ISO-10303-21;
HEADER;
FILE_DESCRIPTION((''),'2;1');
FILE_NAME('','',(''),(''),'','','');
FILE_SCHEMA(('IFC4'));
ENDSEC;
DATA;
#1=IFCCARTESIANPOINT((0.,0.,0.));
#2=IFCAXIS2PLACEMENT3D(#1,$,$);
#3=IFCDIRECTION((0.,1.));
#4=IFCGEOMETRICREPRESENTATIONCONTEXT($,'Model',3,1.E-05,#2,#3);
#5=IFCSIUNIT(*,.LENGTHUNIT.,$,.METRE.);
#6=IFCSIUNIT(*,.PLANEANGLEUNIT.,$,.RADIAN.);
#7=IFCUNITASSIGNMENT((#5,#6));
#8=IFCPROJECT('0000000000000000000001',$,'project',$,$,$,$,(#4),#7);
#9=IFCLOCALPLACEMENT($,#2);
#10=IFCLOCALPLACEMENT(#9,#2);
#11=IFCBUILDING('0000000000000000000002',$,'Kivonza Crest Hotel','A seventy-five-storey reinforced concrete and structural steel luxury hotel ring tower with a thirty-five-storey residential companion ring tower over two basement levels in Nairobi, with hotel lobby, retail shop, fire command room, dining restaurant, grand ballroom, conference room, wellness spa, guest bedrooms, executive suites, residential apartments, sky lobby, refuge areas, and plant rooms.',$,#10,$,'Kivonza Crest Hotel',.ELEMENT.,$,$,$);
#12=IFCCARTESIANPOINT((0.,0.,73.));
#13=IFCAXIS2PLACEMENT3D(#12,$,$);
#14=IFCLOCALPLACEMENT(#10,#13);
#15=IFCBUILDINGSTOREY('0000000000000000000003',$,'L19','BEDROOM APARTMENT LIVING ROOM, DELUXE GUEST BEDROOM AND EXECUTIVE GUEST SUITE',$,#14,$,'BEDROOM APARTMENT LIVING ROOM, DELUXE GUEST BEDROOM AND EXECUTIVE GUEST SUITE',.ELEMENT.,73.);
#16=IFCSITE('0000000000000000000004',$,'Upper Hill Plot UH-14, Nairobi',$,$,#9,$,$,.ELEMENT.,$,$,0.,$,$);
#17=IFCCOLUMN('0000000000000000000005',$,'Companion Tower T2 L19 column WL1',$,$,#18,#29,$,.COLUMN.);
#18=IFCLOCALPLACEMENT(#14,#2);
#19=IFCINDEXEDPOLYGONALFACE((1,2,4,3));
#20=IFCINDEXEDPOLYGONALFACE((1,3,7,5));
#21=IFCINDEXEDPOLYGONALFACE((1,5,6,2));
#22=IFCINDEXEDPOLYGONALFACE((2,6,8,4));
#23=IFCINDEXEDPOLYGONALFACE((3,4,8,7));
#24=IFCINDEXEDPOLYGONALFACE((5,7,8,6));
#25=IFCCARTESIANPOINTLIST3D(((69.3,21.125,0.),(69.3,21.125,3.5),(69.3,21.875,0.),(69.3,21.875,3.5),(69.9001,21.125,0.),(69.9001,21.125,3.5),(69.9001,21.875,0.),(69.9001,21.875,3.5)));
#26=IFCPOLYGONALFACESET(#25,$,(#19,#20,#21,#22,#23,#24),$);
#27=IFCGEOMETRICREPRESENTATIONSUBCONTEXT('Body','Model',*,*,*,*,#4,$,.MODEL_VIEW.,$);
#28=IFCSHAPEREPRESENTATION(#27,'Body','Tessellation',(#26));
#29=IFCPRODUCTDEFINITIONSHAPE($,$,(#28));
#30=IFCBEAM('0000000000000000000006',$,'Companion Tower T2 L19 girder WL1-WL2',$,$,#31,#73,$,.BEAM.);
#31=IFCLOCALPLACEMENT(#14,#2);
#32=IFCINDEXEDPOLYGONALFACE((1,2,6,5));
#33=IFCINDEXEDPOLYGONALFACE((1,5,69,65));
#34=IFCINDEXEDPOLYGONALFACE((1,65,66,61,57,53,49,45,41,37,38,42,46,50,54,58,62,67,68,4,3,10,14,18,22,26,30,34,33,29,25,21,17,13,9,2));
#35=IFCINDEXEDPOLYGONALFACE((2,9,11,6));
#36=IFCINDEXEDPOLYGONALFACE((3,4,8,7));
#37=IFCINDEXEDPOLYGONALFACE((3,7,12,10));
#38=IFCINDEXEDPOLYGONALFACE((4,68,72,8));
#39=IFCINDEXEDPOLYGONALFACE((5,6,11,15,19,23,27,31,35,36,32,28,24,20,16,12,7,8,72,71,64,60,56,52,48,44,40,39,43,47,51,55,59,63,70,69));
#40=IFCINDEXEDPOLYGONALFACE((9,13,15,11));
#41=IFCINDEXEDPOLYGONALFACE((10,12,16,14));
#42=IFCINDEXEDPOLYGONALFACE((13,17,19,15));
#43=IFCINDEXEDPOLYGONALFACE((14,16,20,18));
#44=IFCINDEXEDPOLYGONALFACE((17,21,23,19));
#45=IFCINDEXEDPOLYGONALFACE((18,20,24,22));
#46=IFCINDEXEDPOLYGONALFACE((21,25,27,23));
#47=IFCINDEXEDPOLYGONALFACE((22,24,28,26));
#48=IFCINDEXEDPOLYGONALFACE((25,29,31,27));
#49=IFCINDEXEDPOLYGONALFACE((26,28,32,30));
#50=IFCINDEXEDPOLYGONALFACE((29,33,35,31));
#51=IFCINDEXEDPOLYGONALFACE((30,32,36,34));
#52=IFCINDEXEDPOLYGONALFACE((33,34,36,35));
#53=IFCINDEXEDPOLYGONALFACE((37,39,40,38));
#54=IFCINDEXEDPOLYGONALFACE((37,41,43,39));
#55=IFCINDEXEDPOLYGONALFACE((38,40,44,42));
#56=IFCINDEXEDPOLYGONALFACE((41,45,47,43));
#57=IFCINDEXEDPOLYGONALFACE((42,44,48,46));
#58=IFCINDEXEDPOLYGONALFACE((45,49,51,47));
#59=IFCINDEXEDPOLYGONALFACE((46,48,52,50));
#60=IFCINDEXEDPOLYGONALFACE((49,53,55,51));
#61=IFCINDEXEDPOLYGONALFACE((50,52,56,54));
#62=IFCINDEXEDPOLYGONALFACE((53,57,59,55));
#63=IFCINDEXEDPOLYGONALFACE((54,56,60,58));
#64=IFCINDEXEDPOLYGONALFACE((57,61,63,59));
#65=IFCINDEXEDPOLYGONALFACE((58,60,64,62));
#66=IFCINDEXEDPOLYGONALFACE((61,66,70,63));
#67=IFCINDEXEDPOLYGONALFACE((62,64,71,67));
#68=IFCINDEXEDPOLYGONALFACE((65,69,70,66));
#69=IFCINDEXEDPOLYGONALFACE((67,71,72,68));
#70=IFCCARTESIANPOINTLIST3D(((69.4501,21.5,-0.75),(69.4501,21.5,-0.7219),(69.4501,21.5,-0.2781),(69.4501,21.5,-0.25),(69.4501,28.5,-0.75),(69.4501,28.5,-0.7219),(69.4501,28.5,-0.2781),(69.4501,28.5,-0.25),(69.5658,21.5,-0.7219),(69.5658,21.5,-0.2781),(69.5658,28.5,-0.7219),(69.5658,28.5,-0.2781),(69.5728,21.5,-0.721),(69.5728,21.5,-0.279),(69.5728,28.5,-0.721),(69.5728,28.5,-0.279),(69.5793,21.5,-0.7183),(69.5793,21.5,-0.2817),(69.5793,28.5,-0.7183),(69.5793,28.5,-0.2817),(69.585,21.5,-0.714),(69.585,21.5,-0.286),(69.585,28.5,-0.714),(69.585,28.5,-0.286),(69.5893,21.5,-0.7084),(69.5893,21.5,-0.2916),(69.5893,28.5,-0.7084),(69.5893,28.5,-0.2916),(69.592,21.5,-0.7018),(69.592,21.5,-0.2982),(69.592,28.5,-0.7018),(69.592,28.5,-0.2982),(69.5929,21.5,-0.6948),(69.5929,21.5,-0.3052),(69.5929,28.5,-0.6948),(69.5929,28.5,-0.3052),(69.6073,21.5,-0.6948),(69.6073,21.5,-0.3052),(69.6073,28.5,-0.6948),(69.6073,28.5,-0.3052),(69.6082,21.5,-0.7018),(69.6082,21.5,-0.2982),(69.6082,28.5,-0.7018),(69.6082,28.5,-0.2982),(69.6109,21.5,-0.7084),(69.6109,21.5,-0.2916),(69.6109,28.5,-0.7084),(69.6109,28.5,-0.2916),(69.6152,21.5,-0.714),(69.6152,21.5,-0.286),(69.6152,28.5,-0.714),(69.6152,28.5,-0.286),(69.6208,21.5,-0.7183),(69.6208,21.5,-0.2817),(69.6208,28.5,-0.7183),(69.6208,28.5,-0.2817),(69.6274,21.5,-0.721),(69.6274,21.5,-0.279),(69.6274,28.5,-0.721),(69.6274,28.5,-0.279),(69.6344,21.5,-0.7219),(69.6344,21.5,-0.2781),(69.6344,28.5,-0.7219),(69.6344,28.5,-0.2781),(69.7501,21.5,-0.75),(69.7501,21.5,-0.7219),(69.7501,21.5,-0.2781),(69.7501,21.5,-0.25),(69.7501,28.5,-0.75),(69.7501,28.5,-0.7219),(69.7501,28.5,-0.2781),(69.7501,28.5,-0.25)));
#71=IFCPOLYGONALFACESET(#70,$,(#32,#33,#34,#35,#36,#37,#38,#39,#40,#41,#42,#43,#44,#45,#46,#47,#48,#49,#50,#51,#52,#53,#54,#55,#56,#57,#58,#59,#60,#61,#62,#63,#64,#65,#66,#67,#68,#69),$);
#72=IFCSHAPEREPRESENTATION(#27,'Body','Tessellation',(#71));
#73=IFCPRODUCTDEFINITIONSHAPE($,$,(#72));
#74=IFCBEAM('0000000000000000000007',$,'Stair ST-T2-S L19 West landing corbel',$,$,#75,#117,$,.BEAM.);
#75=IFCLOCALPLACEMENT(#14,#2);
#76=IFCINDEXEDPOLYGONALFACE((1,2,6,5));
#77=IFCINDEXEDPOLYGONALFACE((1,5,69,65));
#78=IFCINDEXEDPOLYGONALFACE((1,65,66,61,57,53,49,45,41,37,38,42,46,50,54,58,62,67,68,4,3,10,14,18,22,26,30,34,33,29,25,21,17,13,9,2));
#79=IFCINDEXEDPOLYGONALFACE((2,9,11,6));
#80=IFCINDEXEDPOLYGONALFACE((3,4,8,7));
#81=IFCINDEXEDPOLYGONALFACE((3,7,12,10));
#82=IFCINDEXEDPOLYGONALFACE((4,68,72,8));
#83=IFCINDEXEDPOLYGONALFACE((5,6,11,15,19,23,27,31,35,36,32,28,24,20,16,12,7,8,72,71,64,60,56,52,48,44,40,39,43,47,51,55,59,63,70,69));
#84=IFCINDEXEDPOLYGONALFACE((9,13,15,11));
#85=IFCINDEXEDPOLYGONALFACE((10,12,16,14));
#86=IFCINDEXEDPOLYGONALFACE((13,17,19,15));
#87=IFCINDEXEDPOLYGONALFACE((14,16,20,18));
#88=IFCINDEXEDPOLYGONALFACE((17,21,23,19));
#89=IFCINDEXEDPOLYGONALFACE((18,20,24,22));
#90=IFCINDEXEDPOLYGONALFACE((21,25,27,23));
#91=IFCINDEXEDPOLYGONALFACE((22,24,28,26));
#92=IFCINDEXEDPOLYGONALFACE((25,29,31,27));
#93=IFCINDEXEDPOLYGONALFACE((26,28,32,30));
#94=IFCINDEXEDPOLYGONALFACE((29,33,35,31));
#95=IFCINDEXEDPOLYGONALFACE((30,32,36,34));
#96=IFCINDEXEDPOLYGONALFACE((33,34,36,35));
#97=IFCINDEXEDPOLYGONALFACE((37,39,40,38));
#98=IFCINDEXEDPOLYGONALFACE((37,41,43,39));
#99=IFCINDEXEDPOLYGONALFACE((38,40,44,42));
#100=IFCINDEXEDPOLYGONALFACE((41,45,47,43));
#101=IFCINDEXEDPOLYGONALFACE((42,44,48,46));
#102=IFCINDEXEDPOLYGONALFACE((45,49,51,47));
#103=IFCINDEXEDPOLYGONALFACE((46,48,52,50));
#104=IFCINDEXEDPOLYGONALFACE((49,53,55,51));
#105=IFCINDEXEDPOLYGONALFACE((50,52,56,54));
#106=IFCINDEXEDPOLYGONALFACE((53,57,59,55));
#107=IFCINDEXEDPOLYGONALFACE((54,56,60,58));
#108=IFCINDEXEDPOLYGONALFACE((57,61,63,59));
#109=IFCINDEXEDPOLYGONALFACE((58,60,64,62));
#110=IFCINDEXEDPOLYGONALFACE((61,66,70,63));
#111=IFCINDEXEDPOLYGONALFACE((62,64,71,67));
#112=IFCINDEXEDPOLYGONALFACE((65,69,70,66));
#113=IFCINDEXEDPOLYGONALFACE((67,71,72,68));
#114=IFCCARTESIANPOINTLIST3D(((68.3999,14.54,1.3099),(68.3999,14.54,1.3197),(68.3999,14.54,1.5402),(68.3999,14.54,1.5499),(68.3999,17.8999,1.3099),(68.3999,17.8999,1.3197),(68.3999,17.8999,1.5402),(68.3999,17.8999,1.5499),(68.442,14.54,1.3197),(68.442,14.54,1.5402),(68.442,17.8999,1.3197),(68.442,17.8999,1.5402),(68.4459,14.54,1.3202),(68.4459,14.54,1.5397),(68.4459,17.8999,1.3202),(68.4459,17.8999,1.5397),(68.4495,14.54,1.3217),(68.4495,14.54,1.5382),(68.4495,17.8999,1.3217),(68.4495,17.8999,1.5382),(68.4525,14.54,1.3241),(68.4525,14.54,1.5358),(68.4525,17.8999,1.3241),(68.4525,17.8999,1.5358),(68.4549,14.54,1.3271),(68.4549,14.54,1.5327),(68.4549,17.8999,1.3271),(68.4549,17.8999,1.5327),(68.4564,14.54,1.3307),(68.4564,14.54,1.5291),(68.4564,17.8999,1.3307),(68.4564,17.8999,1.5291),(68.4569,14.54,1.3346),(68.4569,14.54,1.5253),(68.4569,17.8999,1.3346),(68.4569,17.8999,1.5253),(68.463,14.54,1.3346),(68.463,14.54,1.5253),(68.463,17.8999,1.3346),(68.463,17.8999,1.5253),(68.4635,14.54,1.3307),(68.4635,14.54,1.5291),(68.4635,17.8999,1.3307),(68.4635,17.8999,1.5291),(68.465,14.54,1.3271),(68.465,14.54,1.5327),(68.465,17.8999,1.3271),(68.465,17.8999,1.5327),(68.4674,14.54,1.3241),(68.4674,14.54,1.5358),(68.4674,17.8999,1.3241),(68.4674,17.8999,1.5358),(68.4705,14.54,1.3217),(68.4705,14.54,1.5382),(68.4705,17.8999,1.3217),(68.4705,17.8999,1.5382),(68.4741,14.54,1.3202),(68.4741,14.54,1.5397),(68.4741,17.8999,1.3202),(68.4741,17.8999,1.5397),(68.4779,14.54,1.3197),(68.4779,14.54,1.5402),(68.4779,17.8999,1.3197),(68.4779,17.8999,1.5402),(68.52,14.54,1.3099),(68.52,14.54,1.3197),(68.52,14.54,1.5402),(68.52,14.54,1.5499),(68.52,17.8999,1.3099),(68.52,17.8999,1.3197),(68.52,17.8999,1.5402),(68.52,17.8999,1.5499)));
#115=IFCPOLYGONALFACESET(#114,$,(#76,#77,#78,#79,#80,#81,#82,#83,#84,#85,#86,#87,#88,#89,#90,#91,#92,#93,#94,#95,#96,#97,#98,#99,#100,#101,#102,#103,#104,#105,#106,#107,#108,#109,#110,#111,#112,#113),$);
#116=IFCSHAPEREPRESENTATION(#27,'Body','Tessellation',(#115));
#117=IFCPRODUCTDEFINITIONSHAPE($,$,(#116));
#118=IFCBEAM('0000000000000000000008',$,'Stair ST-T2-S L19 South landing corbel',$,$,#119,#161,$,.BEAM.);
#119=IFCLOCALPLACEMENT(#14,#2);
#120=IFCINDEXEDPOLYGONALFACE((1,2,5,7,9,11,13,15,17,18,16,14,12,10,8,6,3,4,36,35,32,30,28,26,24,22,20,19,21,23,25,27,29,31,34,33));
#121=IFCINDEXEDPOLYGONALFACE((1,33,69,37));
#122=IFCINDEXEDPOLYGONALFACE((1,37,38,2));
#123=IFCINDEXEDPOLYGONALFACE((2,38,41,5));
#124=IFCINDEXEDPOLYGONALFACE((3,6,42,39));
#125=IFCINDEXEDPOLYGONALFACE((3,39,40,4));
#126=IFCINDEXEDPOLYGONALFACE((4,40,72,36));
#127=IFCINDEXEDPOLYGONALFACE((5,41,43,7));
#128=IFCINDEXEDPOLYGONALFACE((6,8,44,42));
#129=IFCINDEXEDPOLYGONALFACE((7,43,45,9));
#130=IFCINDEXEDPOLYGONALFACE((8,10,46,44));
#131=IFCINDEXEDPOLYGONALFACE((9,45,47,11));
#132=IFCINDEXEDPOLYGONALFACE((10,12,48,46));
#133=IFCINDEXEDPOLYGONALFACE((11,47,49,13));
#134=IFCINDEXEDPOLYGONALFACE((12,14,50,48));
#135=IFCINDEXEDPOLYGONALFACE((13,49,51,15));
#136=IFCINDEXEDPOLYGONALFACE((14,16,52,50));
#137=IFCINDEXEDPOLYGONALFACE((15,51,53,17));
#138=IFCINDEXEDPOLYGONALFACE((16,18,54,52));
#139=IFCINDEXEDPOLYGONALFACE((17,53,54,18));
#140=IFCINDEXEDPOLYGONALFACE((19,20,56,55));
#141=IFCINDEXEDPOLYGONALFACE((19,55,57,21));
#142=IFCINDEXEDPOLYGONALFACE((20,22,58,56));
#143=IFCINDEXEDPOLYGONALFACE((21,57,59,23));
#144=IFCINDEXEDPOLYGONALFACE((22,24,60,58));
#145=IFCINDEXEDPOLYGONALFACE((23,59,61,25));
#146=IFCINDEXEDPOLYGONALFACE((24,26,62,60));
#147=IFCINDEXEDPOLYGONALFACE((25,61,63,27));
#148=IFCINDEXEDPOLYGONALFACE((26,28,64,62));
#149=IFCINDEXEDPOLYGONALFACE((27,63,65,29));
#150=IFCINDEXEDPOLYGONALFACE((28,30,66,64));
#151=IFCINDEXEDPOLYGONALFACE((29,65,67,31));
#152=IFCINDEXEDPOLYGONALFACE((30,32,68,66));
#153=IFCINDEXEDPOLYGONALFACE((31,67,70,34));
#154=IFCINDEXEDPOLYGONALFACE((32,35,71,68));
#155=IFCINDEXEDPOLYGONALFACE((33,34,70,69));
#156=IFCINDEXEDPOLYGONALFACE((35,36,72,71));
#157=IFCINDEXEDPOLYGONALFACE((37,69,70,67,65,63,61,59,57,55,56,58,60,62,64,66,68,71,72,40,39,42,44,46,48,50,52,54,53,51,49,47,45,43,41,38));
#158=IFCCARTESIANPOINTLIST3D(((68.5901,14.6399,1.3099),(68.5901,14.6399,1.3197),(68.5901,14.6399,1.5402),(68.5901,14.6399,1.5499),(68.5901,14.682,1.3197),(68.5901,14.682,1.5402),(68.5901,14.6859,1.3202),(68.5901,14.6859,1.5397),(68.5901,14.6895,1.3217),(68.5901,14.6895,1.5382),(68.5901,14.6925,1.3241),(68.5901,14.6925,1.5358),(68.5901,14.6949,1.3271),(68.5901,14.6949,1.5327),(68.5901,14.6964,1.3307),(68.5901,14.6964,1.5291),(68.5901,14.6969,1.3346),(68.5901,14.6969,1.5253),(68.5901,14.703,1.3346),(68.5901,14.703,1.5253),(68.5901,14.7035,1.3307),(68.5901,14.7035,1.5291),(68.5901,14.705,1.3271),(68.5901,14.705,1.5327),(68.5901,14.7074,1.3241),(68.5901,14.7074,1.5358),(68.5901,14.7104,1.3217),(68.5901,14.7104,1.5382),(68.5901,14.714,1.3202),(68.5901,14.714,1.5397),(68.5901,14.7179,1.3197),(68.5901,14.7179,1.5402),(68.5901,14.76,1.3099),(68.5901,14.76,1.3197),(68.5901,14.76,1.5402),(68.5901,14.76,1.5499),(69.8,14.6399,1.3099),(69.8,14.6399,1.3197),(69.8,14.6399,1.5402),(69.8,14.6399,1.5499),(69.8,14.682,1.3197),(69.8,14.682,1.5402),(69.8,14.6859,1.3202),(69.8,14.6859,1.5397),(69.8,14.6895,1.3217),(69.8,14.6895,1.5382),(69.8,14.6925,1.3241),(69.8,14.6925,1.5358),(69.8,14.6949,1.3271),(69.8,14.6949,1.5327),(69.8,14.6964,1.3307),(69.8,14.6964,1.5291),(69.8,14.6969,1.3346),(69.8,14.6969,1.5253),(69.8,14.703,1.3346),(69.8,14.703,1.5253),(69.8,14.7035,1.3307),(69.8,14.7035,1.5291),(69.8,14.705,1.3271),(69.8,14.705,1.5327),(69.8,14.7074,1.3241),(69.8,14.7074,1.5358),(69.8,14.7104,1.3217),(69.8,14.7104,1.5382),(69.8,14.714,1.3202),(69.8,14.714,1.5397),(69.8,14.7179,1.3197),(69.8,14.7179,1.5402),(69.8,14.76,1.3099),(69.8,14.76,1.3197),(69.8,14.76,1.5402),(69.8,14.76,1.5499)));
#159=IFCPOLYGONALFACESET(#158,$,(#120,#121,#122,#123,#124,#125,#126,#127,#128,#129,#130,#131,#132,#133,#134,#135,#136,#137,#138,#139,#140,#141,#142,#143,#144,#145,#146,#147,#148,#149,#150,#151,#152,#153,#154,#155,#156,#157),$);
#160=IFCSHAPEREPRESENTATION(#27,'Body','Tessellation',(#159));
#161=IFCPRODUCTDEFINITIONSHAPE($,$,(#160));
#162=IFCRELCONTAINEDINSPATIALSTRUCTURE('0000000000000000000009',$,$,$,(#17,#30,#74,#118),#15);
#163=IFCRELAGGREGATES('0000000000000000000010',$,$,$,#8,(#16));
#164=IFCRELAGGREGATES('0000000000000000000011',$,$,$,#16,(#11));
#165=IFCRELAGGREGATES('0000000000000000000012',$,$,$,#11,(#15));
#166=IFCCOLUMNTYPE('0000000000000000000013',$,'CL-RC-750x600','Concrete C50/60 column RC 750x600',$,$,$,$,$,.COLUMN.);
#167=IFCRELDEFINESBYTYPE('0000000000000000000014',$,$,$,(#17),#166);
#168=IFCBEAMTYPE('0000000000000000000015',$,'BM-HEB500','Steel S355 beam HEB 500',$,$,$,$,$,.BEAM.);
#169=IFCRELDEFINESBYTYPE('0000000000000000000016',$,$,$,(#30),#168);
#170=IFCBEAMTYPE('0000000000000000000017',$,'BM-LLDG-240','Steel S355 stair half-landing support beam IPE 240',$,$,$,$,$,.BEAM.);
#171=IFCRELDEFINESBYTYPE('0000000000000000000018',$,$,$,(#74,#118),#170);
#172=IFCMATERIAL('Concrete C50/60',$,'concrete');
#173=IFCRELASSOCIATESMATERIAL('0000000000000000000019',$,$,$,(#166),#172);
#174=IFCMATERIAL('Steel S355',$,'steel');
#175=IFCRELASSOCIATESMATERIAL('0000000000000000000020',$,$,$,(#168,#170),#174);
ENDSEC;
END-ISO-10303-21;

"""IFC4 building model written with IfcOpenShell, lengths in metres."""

from ifc_helpers import new_model, si_unit, direction, frame, origin, origin_2d, place, context, subcontext, project, spatial, rectangle, i_section, extrude, material, material_profile, profile_set, type_object, element, save


model = new_model("IFC4")

# Units and contexts
model_context = context("Model", 3, precision=1e-05, world=origin(), true_north=direction((0.0, 1.0)))
body_context = subcontext(model_context, "Body", "Model", "MODEL_VIEW")
ifc_project = project(units=[si_unit("LENGTHUNIT", "METRE"), si_unit("PLANEANGLEUNIT", "RADIAN")], contexts=[model_context])

# Site, building, storey
site_placement = place(None, origin())
site = spatial("IfcSite", under=ifc_project, at=site_placement, Name="Upper Hill Plot UH-14, Nairobi", CompositionType="ELEMENT", RefElevation=0.0)
building_placement = place(site_placement, origin())
building = spatial("IfcBuilding", under=site, at=building_placement, Name="Kivonza Crest Hotel", Description="A seventy-five-storey reinforced concrete and structural steel luxury hotel ring tower with a thirty-five-storey residential companion ring tower over two basement levels in Nairobi, with hotel lobby, retail shop, fire command room, dining restaurant, grand ballroom, conference room, wellness spa, guest bedrooms, executive suites, residential apartments, sky lobby, refuge areas, and plant rooms.", LongName="Kivonza Crest Hotel", CompositionType="ELEMENT")
storey_placement = place(building_placement, frame((0.0, 0.0, 73.0)))
storey = spatial("IfcBuildingStorey", under=building, at=storey_placement, Name="L19", Description="BEDROOM APARTMENT LIVING ROOM, DELUXE GUEST BEDROOM AND EXECUTIVE GUEST SUITE", LongName="BEDROOM APARTMENT LIVING ROOM, DELUXE GUEST BEDROOM AND EXECUTIVE GUEST SUITE", CompositionType="ELEMENT", Elevation=73.0)

# Column
ifc_material_1 = material(Name="Concrete C50/60", Category="concrete")
ifc_material_profile_1 = material_profile(ifc_material_1, rectangle(XDim=0.6001, YDim=0.75, at=origin_2d()), Name="RC 750x600")
ifc_profile_set_1 = profile_set([ifc_material_profile_1], Name="Concrete C50/60")
column_type = type_object("IfcColumnType", Name="CL-RC-750x600", Description="Concrete C50/60 column RC 750x600", PredefinedType="COLUMN", material=ifc_profile_set_1)
column_placement = place(storey_placement, frame((69.6001, 21.5, 0.0), z_axis=(0.0, 0.0, 1.0), x_axis=(1.0, 0.0, 0.0)))
element("IfcColumn", 1, at=column_placement, inside=storey, type_object=column_type, Name="Companion Tower T2 L19 column WL1", PredefinedType="COLUMN", context=body_context, shape_type="SweptSolid", body=[
    extrude(rectangle(XDim=0.6001, YDim=0.75, at=origin_2d()), origin(), (0.0, 0.0, 1.0), 3.5),
])

# Beams
ifc_material_2 = material(Name="Steel S355", Category="steel")
ifc_material_profile_2 = material_profile(ifc_material_2, i_section(OverallWidth=0.3, OverallDepth=0.5, WebThickness=0.0144, FlangeThickness=0.0281, FilletRadius=0.0271, at=origin_2d()), Name="HEB 500")
ifc_profile_set_2 = profile_set([ifc_material_profile_2], Name="Steel S355")
beam_type_1 = type_object("IfcBeamType", Name="BM-HEB500", Description="Steel S355 beam HEB 500", PredefinedType="BEAM", material=ifc_profile_set_2)
beam_1_placement = place(storey_placement, frame((69.6001, 21.5, -0.5), z_axis=(0.0, 1.0, 0.0), x_axis=(-1.0, 0.0, 0.0)))
element("IfcBeam", 2, at=beam_1_placement, inside=storey, type_object=beam_type_1, Name="Companion Tower T2 L19 girder WL1-WL2", PredefinedType="BEAM", context=body_context, shape_type="SweptSolid", body=[
    extrude(i_section(OverallWidth=0.3, OverallDepth=0.5, WebThickness=0.0144, FlangeThickness=0.0281, FilletRadius=0.0271, at=origin_2d()), origin(), (0.0, 0.0, 1.0), 7.0),
])
ifc_material_profile_3 = material_profile(ifc_material_2, i_section(OverallWidth=0.1201, OverallDepth=0.24, WebThickness=0.0061, FlangeThickness=0.0098, FilletRadius=0.0149, at=origin_2d()), Name="IPE 240")
ifc_profile_set_3 = profile_set([ifc_material_profile_3], Name="Steel S355")
beam_type_2 = type_object("IfcBeamType", Name="BM-LLDG-240", Description="Steel S355 stair half-landing support beam IPE 240", PredefinedType="BEAM", material=ifc_profile_set_3)
beam_2_placement = place(storey_placement, frame((68.46, 14.54, 1.4299), z_axis=(0.0, 1.0, 0.0), x_axis=(-1.0, 0.0, 0.0)))
element("IfcBeam", 3, at=beam_2_placement, inside=storey, type_object=beam_type_2, Name="Stair ST-T2-S L19 West landing corbel", PredefinedType="BEAM", context=body_context, shape_type="SweptSolid", body=[
    extrude(i_section(OverallWidth=0.1201, OverallDepth=0.24, WebThickness=0.0061, FlangeThickness=0.0098, FilletRadius=0.0149, at=origin_2d()), origin(), (0.0, 0.0, 1.0), 3.3599),
])
for number, where, z_axis, x_axis, name in (
    (4, (68.5901, 14.7, 1.4299), (1.0, 0.0, 0.0), (0.0, 1.0, 0.0), "Stair ST-T2-S L19 South landing corbel"),
):
    element("IfcBeam", number, at=place(storey_placement, frame(where, z_axis=z_axis, x_axis=x_axis)), inside=storey, type_object=beam_type_2, Name=name, PredefinedType="BEAM", context=body_context, shape_type="SweptSolid", body=[
        extrude(i_section(OverallWidth=0.1201, OverallDepth=0.24, WebThickness=0.0061, FlangeThickness=0.0098, FilletRadius=0.0149, at=origin_2d()), origin(), (0.0, 0.0, 1.0), 1.21),
    ])

save(model, "model.ifc")
